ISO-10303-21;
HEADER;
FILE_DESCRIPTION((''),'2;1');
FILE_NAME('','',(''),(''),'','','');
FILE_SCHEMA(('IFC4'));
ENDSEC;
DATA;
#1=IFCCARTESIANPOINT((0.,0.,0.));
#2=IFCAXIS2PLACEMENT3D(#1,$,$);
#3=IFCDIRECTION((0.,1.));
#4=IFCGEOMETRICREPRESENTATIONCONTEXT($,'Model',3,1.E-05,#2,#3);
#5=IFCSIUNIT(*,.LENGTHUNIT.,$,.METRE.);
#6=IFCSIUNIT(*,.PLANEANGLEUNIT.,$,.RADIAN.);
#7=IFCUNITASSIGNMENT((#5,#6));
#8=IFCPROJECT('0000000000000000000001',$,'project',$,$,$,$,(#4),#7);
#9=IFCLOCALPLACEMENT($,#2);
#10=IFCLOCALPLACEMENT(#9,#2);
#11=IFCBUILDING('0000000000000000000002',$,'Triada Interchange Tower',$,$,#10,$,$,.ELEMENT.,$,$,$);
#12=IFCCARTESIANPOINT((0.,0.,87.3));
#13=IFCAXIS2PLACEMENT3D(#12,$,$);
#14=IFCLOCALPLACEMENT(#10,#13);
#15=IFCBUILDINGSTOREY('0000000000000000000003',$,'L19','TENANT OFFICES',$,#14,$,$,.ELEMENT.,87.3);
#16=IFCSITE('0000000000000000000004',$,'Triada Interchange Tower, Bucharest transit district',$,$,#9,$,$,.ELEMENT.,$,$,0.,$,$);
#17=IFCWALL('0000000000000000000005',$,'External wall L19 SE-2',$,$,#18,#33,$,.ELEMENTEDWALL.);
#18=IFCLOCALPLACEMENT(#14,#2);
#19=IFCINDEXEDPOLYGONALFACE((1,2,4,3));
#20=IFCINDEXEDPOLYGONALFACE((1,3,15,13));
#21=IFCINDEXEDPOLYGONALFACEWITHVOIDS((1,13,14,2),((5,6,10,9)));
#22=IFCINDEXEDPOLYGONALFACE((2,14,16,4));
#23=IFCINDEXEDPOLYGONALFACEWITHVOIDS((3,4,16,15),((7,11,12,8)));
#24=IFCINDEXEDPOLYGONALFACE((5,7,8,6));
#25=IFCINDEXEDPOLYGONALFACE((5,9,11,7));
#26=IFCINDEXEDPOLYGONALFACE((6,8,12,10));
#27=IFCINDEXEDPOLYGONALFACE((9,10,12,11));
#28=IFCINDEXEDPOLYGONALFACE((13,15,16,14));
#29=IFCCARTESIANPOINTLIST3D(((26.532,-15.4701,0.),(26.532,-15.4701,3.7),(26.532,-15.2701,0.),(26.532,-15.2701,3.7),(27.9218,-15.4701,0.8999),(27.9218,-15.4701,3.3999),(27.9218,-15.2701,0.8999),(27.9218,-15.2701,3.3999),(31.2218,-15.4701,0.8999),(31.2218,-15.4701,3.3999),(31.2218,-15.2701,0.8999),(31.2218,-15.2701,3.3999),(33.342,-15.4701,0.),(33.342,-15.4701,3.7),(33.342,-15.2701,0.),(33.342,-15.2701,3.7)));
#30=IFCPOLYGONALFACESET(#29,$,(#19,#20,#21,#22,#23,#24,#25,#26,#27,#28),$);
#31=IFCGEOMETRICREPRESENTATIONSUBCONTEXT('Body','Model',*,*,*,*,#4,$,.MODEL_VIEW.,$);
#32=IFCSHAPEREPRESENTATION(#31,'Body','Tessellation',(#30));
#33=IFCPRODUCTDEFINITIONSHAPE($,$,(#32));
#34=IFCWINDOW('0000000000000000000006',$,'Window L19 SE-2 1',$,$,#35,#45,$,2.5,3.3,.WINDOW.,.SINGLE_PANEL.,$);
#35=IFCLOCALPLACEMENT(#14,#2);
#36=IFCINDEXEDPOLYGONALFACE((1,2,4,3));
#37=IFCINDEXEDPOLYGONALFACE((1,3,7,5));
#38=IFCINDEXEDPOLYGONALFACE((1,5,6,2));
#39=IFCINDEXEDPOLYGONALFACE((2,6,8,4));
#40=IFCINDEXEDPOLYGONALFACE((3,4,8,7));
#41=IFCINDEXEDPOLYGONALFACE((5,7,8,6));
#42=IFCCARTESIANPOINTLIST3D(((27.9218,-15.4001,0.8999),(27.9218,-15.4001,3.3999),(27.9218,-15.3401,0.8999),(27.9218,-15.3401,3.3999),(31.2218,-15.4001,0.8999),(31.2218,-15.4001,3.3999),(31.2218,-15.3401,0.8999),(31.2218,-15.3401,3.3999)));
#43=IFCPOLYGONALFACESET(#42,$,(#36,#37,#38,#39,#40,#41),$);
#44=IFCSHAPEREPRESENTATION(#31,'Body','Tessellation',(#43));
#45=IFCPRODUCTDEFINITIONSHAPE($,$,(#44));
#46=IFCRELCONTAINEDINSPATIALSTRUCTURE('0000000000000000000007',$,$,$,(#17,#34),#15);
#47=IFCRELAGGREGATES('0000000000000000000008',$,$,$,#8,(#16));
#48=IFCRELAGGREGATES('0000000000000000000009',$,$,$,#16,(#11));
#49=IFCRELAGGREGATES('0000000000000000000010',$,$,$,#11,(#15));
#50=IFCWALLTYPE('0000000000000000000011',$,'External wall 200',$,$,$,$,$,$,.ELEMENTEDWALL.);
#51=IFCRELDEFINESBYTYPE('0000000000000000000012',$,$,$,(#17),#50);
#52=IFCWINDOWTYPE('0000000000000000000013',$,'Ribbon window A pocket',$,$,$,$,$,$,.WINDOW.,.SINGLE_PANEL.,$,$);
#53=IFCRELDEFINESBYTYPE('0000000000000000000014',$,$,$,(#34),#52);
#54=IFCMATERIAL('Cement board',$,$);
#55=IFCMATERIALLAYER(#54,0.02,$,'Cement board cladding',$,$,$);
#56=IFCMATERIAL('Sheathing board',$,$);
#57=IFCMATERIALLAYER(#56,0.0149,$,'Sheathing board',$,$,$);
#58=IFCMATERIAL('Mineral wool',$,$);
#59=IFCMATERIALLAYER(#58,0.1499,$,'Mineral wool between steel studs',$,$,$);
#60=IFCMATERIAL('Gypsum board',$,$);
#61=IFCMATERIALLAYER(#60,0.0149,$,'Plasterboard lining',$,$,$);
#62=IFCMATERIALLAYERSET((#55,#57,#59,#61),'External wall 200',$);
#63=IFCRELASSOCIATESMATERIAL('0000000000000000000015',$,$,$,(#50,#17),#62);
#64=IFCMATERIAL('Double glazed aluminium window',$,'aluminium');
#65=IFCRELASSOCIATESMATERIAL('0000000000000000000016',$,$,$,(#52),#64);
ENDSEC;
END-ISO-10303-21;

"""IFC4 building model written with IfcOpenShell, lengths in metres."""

from ifc_helpers import new_model, si_unit, direction, frame, frame_2d, origin, place, context, subcontext, project, spatial, rectangle, extrude, material, layer, layer_set, layer_usage, type_object, element, fill, save


model = new_model("IFC4")

# Units and contexts
model_context = context("Model", 3, precision=1e-05, world=origin(), true_north=direction((0.0, 1.0)))
body_context = subcontext(model_context, "Body", "Model", "MODEL_VIEW")
ifc_project = project(units=[si_unit("LENGTHUNIT", "METRE"), si_unit("PLANEANGLEUNIT", "RADIAN")], contexts=[model_context])

# Site, building, storey
site_placement = place(None, origin())
site = spatial("IfcSite", under=ifc_project, at=site_placement, Name="Triada Interchange Tower, Bucharest transit district", CompositionType="ELEMENT", RefElevation=0.0)
building_placement = place(site_placement, origin())
building = spatial("IfcBuilding", under=site, at=building_placement, Name="Triada Interchange Tower", CompositionType="ELEMENT")
storey_placement = place(building_placement, frame((0.0, 0.0, 87.3)))
storey = spatial("IfcBuildingStorey", under=building, at=storey_placement, Name="L19", Description="TENANT OFFICES", CompositionType="ELEMENT", Elevation=87.3)

# Wall, opening, window
ifc_material_1 = material(Name="Cement board")
ifc_layer_1 = layer(ifc_material_1, 0.02, Name="Cement board cladding")
ifc_material_2 = material(Name="Sheathing board")
ifc_layer_2 = layer(ifc_material_2, 0.0149, Name="Sheathing board")
ifc_material_3 = material(Name="Mineral wool")
ifc_layer_3 = layer(ifc_material_3, 0.1499, Name="Mineral wool between steel studs")
ifc_material_4 = material(Name="Gypsum board")
ifc_layer_4 = layer(ifc_material_4, 0.0149, Name="Plasterboard lining")
ifc_layer_set_1 = layer_set([ifc_layer_1, ifc_layer_2, ifc_layer_3, ifc_layer_4], Name="External wall 200")
ifc_layer_usage = layer_usage(ifc_layer_set_1, "AXIS2", "POSITIVE", -0.1001)
wall_type = type_object("IfcWallType", Name="External wall 200", PredefinedType="ELEMENTEDWALL", material=ifc_layer_set_1)
ifc_material_5 = material(Name="Double glazed aluminium window", Category="aluminium")
window_type_1 = type_object("IfcWindowType", Name="Ribbon window A pocket", PartitioningType="SINGLE_PANEL", PredefinedType="WINDOW", material=ifc_material_5)
wall_1_placement = place(storey_placement, frame((26.532, -15.3701, 0.0), z_axis=(0.0, 0.0, 1.0), x_axis=(1.0, 0.0, 0.0)))
wall_1 = element("IfcWall", 1, at=wall_1_placement, inside=storey, type_object=wall_type, material=ifc_layer_usage, Name="External wall L19 SE-2", PredefinedType="ELEMENTEDWALL", context=body_context, shape_type="SweptSolid", body=[
    extrude(rectangle(XDim=6.8101, YDim=0.2, at=frame_2d((3.405, 0.0))), origin(), (0.0, 0.0, 1.0), 3.7),
])
opening_1_placement = place(wall_1_placement, frame((1.3899, 0.0, 0.8999)))
opening_1 = element("IfcOpeningElement", 2, at=opening_1_placement, cuts=wall_1, PredefinedType="OPENING", context=body_context, shape_type="SweptSolid", body=[
    extrude(rectangle(XDim=3.3, YDim=2.5, at=frame_2d((1.6499, 1.25))), frame((0.0, 0.1099, 0.0), z_axis=(0.0, -1.0, 0.0), x_axis=(1.0, 0.0, 0.0)), (0.0, 0.0, 1.0), 0.22),
])
window_1_placement = place(opening_1_placement, origin())
window_1 = element("IfcWindow", 3, at=window_1_placement, inside=storey, type_object=window_type_1, Name="Window L19 SE-2 1", OverallHeight=2.5, OverallWidth=3.3, PartitioningType="SINGLE_PANEL", PredefinedType="WINDOW", context=body_context, shape_type="SweptSolid", body=[
    extrude(rectangle(XDim=3.3, YDim=2.5, at=frame_2d((1.6499, 1.25))), frame((0.0, 0.03, 0.0), z_axis=(0.0, -1.0, 0.0), x_axis=(1.0, 0.0, 0.0)), (0.0, 0.0, 1.0), 0.0601),
])
fill(opening_1, window_1)

save(model, "model.ifc")
